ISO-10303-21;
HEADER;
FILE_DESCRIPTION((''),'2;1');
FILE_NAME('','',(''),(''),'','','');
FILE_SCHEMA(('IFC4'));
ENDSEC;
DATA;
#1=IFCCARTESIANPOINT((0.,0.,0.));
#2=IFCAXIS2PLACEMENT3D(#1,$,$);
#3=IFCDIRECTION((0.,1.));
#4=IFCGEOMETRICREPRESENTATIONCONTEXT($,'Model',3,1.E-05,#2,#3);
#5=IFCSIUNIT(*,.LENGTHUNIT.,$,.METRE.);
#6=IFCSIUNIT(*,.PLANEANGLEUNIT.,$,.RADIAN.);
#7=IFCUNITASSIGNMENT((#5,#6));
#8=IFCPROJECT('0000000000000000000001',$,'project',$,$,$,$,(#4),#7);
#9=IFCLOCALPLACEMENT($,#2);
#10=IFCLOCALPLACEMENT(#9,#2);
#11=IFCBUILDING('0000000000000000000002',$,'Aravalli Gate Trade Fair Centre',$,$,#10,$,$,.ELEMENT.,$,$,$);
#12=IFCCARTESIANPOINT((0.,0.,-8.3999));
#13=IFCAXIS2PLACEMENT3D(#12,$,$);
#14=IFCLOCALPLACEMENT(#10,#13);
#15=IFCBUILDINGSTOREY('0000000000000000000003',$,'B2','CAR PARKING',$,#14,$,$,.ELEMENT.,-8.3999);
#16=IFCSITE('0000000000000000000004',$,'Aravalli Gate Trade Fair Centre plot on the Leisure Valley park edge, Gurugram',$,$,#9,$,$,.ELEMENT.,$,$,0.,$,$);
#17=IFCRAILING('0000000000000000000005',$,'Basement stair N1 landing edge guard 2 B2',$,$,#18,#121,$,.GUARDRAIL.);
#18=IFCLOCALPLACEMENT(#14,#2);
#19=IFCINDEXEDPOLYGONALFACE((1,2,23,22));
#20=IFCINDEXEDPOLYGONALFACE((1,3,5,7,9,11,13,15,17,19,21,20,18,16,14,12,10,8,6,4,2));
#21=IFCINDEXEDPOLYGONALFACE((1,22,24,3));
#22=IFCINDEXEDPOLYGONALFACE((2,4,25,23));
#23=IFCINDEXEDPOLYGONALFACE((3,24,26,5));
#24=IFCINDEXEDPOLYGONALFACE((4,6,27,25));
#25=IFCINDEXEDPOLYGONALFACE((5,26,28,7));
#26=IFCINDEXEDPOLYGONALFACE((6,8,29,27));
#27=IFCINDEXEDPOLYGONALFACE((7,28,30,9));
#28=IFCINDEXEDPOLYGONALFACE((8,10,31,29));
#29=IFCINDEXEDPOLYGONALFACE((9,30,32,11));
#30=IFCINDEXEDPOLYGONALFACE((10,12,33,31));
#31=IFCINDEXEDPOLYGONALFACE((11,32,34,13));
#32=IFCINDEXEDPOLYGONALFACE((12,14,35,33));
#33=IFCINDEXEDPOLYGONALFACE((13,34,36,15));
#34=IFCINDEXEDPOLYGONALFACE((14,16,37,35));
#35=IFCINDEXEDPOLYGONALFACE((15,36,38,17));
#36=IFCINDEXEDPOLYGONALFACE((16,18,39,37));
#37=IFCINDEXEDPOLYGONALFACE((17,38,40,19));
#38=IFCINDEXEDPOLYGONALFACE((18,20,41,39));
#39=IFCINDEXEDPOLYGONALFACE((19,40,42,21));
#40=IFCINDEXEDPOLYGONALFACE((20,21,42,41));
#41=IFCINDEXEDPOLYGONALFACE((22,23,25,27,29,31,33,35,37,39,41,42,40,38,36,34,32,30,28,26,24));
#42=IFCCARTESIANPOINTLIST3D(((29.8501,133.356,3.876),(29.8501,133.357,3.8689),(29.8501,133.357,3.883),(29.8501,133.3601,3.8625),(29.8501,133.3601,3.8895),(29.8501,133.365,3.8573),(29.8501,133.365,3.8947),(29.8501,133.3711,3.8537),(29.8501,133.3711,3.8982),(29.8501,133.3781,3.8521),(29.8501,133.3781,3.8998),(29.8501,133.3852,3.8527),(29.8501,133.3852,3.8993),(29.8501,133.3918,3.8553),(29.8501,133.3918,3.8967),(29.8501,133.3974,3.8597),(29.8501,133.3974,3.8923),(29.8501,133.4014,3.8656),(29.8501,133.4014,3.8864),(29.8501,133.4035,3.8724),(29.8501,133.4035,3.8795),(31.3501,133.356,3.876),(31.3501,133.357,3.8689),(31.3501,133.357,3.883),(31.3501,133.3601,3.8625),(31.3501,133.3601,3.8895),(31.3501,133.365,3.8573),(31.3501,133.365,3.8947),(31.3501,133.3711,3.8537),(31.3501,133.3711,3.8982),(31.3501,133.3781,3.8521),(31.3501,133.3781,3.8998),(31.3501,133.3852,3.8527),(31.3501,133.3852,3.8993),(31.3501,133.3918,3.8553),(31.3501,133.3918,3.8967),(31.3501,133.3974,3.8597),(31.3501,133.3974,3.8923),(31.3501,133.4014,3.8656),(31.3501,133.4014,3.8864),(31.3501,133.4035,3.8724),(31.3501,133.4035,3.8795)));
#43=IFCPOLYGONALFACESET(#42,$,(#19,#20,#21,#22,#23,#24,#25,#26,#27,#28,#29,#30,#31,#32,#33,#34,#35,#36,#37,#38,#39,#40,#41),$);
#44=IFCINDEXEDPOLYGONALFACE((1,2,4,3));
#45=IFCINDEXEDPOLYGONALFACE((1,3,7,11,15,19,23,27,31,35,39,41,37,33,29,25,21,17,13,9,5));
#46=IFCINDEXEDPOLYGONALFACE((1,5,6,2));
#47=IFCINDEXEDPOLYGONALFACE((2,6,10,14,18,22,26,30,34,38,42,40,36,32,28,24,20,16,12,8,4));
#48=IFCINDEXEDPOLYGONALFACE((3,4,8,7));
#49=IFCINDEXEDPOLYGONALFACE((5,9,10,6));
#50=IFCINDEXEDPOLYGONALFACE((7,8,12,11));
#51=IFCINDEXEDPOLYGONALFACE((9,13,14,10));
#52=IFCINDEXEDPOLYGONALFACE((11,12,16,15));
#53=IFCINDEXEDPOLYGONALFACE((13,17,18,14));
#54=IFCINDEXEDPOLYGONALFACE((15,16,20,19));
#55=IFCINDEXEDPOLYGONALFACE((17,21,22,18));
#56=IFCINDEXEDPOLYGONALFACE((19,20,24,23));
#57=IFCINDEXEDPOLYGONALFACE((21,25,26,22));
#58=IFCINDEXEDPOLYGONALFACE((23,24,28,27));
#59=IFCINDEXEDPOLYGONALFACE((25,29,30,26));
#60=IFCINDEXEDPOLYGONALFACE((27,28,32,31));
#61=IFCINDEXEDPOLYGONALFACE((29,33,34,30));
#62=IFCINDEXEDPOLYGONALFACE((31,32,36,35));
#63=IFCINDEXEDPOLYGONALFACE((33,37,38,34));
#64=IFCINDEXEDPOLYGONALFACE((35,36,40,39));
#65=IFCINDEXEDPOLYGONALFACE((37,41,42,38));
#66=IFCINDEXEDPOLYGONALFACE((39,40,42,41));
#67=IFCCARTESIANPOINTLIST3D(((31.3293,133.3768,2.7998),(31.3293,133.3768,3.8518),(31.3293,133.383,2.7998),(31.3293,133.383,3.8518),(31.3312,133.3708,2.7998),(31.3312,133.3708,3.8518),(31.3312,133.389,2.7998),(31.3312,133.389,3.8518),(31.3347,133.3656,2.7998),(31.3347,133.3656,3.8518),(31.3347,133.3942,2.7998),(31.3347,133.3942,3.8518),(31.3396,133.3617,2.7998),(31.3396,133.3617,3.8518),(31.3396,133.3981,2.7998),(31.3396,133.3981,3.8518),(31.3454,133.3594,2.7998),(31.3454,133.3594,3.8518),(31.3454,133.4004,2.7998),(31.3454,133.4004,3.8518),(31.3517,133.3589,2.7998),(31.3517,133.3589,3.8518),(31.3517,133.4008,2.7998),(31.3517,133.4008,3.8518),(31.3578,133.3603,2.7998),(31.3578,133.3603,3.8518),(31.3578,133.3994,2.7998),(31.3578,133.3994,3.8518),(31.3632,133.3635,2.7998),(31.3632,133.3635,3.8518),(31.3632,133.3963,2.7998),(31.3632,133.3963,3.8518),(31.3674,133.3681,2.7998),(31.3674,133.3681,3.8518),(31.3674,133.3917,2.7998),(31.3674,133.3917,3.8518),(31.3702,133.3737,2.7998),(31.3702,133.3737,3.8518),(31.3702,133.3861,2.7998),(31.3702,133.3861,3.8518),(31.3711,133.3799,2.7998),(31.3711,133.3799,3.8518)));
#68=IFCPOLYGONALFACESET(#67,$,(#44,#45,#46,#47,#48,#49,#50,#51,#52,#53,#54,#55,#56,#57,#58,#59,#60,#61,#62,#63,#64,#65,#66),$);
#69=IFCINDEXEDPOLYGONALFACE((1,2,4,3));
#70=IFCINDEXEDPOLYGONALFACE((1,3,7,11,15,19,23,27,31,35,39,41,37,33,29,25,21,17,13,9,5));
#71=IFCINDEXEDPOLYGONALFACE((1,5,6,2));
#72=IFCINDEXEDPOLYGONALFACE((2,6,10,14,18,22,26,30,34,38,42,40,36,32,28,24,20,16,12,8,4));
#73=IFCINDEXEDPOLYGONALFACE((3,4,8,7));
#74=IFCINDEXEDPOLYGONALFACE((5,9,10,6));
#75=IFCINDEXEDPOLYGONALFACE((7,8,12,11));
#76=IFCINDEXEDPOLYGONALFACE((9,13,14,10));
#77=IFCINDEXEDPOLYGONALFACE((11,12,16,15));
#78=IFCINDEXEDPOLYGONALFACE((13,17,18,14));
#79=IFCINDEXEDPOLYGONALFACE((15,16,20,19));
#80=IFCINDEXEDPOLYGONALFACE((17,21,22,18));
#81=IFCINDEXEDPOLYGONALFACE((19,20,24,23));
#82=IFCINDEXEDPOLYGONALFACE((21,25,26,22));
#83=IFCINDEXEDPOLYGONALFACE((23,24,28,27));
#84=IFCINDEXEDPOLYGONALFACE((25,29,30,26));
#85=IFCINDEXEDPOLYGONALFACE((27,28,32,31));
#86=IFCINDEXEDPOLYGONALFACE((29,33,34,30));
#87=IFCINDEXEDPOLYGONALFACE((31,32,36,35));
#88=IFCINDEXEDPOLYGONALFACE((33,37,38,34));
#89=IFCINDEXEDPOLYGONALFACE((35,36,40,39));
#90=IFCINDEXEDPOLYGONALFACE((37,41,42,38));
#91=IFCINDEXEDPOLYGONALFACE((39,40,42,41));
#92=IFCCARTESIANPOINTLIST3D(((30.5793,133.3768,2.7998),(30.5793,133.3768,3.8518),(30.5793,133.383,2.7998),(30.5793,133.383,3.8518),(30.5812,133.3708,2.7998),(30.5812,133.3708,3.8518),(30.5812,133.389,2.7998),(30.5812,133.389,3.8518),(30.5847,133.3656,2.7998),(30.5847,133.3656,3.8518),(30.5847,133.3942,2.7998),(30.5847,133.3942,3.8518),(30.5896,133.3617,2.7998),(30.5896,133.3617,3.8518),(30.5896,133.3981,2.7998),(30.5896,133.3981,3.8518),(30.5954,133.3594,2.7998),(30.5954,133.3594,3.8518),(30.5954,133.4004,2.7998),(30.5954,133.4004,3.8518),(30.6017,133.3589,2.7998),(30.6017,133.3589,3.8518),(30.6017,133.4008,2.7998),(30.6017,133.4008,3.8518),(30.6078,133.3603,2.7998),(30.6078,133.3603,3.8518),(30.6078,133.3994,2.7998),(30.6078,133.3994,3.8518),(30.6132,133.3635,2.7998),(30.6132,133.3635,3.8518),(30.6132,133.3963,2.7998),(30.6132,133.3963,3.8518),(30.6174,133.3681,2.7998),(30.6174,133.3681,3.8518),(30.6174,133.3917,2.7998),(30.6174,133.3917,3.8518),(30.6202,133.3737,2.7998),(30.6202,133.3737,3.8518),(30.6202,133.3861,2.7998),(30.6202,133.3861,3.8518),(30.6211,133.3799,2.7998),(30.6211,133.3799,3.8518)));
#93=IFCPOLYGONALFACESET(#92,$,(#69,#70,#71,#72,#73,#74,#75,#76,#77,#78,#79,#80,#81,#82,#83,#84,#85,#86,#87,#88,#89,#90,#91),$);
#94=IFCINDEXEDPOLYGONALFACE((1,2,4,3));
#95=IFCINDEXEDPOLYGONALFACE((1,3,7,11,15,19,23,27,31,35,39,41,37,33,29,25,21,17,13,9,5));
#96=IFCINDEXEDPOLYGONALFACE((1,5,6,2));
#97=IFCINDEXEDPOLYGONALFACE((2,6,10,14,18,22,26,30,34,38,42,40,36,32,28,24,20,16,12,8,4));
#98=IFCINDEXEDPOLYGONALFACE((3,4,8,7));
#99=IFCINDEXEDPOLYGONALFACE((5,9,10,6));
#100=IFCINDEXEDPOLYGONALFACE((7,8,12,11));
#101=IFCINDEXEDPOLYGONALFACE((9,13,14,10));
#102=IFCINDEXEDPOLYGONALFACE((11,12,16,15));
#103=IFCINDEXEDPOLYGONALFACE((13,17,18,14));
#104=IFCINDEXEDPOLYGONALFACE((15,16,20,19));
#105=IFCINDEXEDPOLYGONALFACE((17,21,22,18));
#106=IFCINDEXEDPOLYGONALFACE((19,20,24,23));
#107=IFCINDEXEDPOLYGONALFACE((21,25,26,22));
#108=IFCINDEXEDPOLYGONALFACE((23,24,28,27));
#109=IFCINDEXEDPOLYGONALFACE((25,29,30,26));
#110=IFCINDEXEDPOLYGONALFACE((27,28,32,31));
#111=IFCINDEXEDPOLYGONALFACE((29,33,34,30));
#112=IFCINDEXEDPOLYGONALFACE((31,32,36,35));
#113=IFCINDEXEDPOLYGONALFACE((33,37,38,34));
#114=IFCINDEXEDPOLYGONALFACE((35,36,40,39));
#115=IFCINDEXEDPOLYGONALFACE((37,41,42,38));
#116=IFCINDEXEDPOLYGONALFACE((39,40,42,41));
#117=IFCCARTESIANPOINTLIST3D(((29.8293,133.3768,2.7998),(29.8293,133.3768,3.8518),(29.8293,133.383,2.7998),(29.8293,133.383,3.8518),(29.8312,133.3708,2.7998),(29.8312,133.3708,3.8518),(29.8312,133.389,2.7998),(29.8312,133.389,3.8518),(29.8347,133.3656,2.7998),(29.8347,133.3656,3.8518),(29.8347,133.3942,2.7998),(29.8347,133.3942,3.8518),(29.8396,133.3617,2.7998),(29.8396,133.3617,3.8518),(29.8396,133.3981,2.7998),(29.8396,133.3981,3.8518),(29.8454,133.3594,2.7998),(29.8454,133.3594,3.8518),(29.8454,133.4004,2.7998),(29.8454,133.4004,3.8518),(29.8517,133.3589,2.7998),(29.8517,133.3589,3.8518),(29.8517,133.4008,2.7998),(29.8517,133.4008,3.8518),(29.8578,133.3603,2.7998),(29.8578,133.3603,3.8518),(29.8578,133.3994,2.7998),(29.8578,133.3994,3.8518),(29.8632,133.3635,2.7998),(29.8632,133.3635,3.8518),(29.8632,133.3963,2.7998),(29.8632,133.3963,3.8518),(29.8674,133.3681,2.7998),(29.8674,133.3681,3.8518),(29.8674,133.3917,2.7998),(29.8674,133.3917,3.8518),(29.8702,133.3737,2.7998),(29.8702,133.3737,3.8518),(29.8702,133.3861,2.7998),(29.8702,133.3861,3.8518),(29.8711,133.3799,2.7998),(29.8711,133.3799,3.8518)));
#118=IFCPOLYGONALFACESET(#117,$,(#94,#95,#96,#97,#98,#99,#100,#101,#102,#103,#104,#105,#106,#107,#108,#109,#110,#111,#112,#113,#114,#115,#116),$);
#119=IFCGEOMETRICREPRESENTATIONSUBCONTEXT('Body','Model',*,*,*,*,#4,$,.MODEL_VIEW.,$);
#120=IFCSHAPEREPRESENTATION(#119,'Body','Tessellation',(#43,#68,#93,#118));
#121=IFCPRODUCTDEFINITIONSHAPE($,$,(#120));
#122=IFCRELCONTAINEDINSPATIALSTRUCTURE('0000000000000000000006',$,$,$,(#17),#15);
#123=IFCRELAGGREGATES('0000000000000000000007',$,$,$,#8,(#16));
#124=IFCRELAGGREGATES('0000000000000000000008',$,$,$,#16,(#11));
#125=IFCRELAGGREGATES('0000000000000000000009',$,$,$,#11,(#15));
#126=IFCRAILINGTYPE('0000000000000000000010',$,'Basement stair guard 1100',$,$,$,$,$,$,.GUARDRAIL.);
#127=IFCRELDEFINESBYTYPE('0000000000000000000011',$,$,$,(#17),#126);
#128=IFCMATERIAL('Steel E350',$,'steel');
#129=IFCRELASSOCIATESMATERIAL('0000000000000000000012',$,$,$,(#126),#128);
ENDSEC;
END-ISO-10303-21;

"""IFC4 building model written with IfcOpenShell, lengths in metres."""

from ifc_helpers import new_model, si_unit, direction, frame, origin, origin_2d, place, context, subcontext, project, spatial, circle, extrude, material, type_object, element, save


model = new_model("IFC4")

# Units and contexts
model_context = context("Model", 3, precision=1e-05, world=origin(), true_north=direction((0.0, 1.0)))
body_context = subcontext(model_context, "Body", "Model", "MODEL_VIEW")
ifc_project = project(units=[si_unit("LENGTHUNIT", "METRE"), si_unit("PLANEANGLEUNIT", "RADIAN")], contexts=[model_context])

# Site, building, storey
site_placement = place(None, origin())
site = spatial("IfcSite", under=ifc_project, at=site_placement, Name="Aravalli Gate Trade Fair Centre plot on the Leisure Valley park edge, Gurugram", CompositionType="ELEMENT", RefElevation=0.0)
building_placement = place(site_placement, origin())
building = spatial("IfcBuilding", under=site, at=building_placement, Name="Aravalli Gate Trade Fair Centre", CompositionType="ELEMENT")
storey_placement = place(building_placement, frame((0.0, 0.0, -8.3999)))
storey = spatial("IfcBuildingStorey", under=building, at=storey_placement, Name="B2", Description="CAR PARKING", CompositionType="ELEMENT", Elevation=-8.3999)

# Railing
ifc_material_1 = material(Name="Steel E350", Category="steel")
railing_type = type_object("IfcRailingType", Name="Basement stair guard 1100", PredefinedType="GUARDRAIL", material=ifc_material_1)
railing_1_placement = place(storey_placement, frame((31.3501, 133.3799, 2.7998)))
element("IfcRailing", 1, at=railing_1_placement, inside=storey, type_object=railing_type, Name="Basement stair N1 landing edge guard 2 B2", PredefinedType="GUARDRAIL", context=body_context, shape_type="SweptSolid", body=[
    extrude(circle(Radius=0.0239, at=origin_2d()), frame((0.0, 0.0, 1.0762), z_axis=(-1.0, 0.0, 0.0), x_axis=(0.0, -1.0, 0.0)), (0.0, 0.0, 1.0), 1.5),
    extrude(circle(Radius=0.021, at=origin_2d()), origin(), (0.0, 0.0, 1.0), 1.052),
    extrude(circle(Radius=0.021, at=origin_2d()), frame((-0.75, 0.0, 0.0)), (0.0, 0.0, 1.0), 1.052),
    extrude(circle(Radius=0.021, at=origin_2d()), frame((-1.5, 0.0, 0.0)), (0.0, 0.0, 1.0), 1.052),
])

save(model, "model.ifc")
